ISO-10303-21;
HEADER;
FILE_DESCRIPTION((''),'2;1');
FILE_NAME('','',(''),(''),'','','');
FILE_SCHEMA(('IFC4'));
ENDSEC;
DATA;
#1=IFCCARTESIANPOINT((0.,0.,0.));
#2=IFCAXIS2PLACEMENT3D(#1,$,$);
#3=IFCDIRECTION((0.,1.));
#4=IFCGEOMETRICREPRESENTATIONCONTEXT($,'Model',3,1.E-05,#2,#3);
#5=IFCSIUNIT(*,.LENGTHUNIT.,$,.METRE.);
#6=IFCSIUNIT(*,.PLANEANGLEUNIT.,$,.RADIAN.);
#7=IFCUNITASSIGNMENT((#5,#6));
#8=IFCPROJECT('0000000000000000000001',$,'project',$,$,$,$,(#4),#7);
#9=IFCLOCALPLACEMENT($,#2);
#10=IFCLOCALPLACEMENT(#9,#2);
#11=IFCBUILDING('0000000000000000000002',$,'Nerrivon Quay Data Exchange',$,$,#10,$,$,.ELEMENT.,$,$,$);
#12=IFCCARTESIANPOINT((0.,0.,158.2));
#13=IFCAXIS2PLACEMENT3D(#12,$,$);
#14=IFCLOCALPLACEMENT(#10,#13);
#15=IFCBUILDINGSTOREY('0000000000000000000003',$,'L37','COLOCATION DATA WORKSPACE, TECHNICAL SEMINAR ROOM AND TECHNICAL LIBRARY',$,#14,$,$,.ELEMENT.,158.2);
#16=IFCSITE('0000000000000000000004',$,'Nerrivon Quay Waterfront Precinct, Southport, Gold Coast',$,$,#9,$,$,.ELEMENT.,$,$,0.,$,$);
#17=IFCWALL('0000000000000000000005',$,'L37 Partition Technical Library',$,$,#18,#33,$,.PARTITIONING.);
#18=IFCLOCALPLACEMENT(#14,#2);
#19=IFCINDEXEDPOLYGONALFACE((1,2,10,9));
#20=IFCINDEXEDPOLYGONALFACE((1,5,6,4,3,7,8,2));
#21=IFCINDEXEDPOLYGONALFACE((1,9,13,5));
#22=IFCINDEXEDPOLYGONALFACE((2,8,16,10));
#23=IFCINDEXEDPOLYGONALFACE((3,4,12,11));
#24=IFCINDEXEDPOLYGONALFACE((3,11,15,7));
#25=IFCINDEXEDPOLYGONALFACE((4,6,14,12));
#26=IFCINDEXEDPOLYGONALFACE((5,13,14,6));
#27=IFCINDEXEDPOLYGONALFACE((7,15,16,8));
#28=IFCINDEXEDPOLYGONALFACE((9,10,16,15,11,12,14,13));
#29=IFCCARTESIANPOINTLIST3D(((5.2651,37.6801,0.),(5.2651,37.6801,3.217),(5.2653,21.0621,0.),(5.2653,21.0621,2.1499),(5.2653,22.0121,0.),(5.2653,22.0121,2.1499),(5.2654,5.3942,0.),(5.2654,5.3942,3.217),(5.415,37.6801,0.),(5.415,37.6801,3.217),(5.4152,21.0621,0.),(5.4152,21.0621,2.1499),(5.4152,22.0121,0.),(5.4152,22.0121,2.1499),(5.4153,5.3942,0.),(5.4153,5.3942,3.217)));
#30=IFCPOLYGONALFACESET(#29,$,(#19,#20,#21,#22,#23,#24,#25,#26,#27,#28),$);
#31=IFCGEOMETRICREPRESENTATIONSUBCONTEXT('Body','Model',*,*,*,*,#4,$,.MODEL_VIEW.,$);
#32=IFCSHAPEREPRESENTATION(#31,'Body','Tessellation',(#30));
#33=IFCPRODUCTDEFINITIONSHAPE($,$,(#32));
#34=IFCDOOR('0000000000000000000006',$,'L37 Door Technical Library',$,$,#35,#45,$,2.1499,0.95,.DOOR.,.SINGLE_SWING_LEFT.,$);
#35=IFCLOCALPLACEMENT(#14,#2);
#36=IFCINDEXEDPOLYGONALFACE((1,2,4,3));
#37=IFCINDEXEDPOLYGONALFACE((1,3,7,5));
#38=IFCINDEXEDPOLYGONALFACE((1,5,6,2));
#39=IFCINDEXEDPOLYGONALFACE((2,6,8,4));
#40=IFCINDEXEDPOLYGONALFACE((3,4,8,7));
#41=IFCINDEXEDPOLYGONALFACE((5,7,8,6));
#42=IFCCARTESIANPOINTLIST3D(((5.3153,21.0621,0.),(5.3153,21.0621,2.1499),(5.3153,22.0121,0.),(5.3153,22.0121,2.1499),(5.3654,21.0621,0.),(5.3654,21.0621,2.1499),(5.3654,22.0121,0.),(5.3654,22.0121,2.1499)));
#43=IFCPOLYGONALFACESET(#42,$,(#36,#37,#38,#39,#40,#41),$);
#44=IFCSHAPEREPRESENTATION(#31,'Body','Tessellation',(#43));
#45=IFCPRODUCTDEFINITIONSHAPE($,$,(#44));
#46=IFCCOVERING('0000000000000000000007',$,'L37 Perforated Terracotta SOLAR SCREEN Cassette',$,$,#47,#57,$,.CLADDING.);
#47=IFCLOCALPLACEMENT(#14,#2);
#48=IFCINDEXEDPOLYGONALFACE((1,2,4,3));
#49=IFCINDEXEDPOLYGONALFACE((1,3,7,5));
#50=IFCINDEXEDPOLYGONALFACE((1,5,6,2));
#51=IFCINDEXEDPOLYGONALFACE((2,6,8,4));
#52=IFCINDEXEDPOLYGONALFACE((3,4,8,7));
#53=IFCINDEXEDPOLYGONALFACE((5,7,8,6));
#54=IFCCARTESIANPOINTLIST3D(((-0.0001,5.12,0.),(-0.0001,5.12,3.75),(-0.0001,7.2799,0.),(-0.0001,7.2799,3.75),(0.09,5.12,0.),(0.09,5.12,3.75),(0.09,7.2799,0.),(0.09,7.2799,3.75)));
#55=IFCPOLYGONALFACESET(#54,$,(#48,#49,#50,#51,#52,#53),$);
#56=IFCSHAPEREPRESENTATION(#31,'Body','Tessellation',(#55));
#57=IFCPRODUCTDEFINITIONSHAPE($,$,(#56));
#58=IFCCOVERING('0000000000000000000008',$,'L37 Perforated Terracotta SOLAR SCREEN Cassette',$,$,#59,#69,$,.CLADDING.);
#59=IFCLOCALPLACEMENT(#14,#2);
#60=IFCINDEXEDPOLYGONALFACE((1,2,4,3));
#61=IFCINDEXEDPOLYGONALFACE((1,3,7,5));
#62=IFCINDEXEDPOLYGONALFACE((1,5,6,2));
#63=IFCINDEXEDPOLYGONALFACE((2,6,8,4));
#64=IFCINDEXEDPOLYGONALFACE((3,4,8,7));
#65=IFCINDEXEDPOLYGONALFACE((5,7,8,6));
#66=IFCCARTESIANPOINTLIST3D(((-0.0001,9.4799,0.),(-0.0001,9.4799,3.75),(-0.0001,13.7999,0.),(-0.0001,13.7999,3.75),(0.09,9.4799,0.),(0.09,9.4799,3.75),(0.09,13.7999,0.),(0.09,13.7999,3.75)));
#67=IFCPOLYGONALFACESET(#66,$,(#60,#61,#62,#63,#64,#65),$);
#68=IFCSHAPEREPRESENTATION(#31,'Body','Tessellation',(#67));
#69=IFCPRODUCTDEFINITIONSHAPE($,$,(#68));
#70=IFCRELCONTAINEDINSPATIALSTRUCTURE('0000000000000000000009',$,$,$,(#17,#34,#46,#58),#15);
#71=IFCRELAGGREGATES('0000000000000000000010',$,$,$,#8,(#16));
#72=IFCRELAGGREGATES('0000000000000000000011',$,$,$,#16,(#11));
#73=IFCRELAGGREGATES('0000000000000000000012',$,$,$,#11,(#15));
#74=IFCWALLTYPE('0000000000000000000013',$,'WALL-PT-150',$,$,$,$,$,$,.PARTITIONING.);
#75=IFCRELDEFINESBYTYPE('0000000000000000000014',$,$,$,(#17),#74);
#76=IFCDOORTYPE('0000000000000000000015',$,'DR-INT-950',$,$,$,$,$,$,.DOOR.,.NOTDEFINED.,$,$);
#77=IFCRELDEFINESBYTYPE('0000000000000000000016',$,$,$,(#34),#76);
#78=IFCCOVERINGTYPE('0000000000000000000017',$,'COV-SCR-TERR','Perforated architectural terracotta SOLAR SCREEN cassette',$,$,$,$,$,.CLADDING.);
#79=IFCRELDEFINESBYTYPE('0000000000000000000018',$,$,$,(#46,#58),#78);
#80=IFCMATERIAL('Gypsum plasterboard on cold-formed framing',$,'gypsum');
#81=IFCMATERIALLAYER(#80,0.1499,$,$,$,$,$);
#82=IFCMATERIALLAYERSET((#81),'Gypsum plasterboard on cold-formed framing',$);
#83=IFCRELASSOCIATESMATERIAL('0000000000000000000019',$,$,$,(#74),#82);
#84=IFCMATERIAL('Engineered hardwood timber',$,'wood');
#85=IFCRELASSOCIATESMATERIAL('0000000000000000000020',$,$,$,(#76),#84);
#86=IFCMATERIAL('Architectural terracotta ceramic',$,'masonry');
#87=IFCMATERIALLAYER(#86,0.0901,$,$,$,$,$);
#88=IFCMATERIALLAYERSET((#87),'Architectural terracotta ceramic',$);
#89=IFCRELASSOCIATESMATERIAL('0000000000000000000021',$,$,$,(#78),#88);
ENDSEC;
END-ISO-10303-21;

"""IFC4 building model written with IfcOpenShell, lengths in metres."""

from ifc_helpers import new_model, si_unit, direction, frame, frame_2d, origin, origin_2d, place, context, subcontext, project, spatial, rectangle, extrude, material, layer, layer_set, type_object, element, fill, save


model = new_model("IFC4")

# Units and contexts
model_context = context("Model", 3, precision=1e-05, world=origin(), true_north=direction((0.0, 1.0)))
body_context = subcontext(model_context, "Body", "Model", "MODEL_VIEW")
ifc_project = project(units=[si_unit("LENGTHUNIT", "METRE"), si_unit("PLANEANGLEUNIT", "RADIAN")], contexts=[model_context])

# Site, building, storey
site_placement = place(None, origin())
site = spatial("IfcSite", under=ifc_project, at=site_placement, Name="Nerrivon Quay Waterfront Precinct, Southport, Gold Coast", CompositionType="ELEMENT", RefElevation=0.0)
building_placement = place(site_placement, origin())
building = spatial("IfcBuilding", under=site, at=building_placement, Name="Nerrivon Quay Data Exchange", CompositionType="ELEMENT")
storey_placement = place(building_placement, frame((0.0, 0.0, 158.2)))
storey = spatial("IfcBuildingStorey", under=building, at=storey_placement, Name="L37", Description="COLOCATION DATA WORKSPACE, TECHNICAL SEMINAR ROOM AND TECHNICAL LIBRARY", CompositionType="ELEMENT", Elevation=158.2)

# Shared definitions
ifc_material_1 = material(Name="Gypsum plasterboard on cold-formed framing", Category="gypsum")

# Wall, opening, door
ifc_layer_1 = layer(ifc_material_1, 0.1499)
ifc_layer_set_1 = layer_set([ifc_layer_1], Name="Gypsum plasterboard on cold-formed framing")
wall_type_1 = type_object("IfcWallType", Name="WALL-PT-150", PredefinedType="PARTITIONING", material=ifc_layer_set_1)
wall_1_placement = place(storey_placement, frame((5.3403, 5.394, 0.0), z_axis=(0.0, 0.0, 1.0), x_axis=(-0.000008, 1.0, 0.0)))
wall_1 = element("IfcWall", 1, at=wall_1_placement, inside=storey, type_object=wall_type_1, Name="L37 Partition Technical Library", PredefinedType="PARTITIONING", context=body_context, shape_type="SweptSolid", body=[
    extrude(rectangle(XDim=32.2859, YDim=0.1499, at=frame_2d((16.1431, 0.0))), origin(), (0.0, 0.0, 1.0), 3.217),
])
opening_placement = place(wall_1_placement, frame((15.668, 0.0, 0.0)))
opening = element("IfcOpeningElement", 2, at=opening_placement, cuts=wall_1, PredefinedType="OPENING", context=body_context, shape_type="SweptSolid", body=[
    extrude(rectangle(XDim=0.95, YDim=2.1499, at=frame_2d((0.4751, 1.075))), frame((0.0, 0.085, 0.0), z_axis=(0.0, -1.0, 0.0), x_axis=(1.0, 0.0, 0.0)), (0.0, 0.0, 1.0), 0.1699),
])
ifc_material_2 = material(Name="Engineered hardwood timber", Category="wood")
door_type = type_object("IfcDoorType", Name="DR-INT-950", OperationType="NOTDEFINED", PredefinedType="DOOR", material=ifc_material_2)
door_placement = place(opening_placement, origin())
door = element("IfcDoor", 3, at=door_placement, inside=storey, type_object=door_type, Name="L37 Door Technical Library", OperationType="SINGLE_SWING_LEFT", OverallHeight=2.1499, OverallWidth=0.95, PredefinedType="DOOR", context=body_context, shape_type="SweptSolid", body=[
    extrude(rectangle(XDim=0.95, YDim=2.1499, at=frame_2d((0.4751, 1.075))), frame((0.0, 0.0249, 0.0), z_axis=(0.0, -1.0, 0.0), x_axis=(1.0, 0.0, 0.0)), (0.0, 0.0, 1.0), 0.05),
])
fill(opening, door)

# Coverings
ifc_material_3 = material(Name="Architectural terracotta ceramic", Category="masonry")
ifc_layer_2 = layer(ifc_material_3, 0.0901)
ifc_layer_set_2 = layer_set([ifc_layer_2], Name="Architectural terracotta ceramic")
covering_type = type_object("IfcCoveringType", Name="COV-SCR-TERR", Description="Perforated architectural terracotta SOLAR SCREEN cassette", PredefinedType="CLADDING", material=ifc_layer_set_2)
covering_1_placement = place(storey_placement, frame((0.0449, 6.2, 0.0), z_axis=(0.0, 0.0, 1.0), x_axis=(0.0, 1.0, 0.0)))
element("IfcCovering", 4, at=covering_1_placement, inside=storey, type_object=covering_type, Name="L37 Perforated Terracotta SOLAR SCREEN Cassette", PredefinedType="CLADDING", context=body_context, shape_type="SweptSolid", body=[
    extrude(rectangle(XDim=2.1599, YDim=0.0901, at=origin_2d()), origin(), (0.0, 0.0, 1.0), 3.75),
])
covering_2_placement = place(storey_placement, frame((0.0449, 11.6399, 0.0), z_axis=(0.0, 0.0, 1.0), x_axis=(0.0, 1.0, 0.0)))
element("IfcCovering", 5, at=covering_2_placement, inside=storey, type_object=covering_type, Name="L37 Perforated Terracotta SOLAR SCREEN Cassette", PredefinedType="CLADDING", context=body_context, shape_type="SweptSolid", body=[
    extrude(rectangle(XDim=4.3201, YDim=0.0901, at=origin_2d()), origin(), (0.0, 0.0, 1.0), 3.75),
])

save(model, "model.ifc")
